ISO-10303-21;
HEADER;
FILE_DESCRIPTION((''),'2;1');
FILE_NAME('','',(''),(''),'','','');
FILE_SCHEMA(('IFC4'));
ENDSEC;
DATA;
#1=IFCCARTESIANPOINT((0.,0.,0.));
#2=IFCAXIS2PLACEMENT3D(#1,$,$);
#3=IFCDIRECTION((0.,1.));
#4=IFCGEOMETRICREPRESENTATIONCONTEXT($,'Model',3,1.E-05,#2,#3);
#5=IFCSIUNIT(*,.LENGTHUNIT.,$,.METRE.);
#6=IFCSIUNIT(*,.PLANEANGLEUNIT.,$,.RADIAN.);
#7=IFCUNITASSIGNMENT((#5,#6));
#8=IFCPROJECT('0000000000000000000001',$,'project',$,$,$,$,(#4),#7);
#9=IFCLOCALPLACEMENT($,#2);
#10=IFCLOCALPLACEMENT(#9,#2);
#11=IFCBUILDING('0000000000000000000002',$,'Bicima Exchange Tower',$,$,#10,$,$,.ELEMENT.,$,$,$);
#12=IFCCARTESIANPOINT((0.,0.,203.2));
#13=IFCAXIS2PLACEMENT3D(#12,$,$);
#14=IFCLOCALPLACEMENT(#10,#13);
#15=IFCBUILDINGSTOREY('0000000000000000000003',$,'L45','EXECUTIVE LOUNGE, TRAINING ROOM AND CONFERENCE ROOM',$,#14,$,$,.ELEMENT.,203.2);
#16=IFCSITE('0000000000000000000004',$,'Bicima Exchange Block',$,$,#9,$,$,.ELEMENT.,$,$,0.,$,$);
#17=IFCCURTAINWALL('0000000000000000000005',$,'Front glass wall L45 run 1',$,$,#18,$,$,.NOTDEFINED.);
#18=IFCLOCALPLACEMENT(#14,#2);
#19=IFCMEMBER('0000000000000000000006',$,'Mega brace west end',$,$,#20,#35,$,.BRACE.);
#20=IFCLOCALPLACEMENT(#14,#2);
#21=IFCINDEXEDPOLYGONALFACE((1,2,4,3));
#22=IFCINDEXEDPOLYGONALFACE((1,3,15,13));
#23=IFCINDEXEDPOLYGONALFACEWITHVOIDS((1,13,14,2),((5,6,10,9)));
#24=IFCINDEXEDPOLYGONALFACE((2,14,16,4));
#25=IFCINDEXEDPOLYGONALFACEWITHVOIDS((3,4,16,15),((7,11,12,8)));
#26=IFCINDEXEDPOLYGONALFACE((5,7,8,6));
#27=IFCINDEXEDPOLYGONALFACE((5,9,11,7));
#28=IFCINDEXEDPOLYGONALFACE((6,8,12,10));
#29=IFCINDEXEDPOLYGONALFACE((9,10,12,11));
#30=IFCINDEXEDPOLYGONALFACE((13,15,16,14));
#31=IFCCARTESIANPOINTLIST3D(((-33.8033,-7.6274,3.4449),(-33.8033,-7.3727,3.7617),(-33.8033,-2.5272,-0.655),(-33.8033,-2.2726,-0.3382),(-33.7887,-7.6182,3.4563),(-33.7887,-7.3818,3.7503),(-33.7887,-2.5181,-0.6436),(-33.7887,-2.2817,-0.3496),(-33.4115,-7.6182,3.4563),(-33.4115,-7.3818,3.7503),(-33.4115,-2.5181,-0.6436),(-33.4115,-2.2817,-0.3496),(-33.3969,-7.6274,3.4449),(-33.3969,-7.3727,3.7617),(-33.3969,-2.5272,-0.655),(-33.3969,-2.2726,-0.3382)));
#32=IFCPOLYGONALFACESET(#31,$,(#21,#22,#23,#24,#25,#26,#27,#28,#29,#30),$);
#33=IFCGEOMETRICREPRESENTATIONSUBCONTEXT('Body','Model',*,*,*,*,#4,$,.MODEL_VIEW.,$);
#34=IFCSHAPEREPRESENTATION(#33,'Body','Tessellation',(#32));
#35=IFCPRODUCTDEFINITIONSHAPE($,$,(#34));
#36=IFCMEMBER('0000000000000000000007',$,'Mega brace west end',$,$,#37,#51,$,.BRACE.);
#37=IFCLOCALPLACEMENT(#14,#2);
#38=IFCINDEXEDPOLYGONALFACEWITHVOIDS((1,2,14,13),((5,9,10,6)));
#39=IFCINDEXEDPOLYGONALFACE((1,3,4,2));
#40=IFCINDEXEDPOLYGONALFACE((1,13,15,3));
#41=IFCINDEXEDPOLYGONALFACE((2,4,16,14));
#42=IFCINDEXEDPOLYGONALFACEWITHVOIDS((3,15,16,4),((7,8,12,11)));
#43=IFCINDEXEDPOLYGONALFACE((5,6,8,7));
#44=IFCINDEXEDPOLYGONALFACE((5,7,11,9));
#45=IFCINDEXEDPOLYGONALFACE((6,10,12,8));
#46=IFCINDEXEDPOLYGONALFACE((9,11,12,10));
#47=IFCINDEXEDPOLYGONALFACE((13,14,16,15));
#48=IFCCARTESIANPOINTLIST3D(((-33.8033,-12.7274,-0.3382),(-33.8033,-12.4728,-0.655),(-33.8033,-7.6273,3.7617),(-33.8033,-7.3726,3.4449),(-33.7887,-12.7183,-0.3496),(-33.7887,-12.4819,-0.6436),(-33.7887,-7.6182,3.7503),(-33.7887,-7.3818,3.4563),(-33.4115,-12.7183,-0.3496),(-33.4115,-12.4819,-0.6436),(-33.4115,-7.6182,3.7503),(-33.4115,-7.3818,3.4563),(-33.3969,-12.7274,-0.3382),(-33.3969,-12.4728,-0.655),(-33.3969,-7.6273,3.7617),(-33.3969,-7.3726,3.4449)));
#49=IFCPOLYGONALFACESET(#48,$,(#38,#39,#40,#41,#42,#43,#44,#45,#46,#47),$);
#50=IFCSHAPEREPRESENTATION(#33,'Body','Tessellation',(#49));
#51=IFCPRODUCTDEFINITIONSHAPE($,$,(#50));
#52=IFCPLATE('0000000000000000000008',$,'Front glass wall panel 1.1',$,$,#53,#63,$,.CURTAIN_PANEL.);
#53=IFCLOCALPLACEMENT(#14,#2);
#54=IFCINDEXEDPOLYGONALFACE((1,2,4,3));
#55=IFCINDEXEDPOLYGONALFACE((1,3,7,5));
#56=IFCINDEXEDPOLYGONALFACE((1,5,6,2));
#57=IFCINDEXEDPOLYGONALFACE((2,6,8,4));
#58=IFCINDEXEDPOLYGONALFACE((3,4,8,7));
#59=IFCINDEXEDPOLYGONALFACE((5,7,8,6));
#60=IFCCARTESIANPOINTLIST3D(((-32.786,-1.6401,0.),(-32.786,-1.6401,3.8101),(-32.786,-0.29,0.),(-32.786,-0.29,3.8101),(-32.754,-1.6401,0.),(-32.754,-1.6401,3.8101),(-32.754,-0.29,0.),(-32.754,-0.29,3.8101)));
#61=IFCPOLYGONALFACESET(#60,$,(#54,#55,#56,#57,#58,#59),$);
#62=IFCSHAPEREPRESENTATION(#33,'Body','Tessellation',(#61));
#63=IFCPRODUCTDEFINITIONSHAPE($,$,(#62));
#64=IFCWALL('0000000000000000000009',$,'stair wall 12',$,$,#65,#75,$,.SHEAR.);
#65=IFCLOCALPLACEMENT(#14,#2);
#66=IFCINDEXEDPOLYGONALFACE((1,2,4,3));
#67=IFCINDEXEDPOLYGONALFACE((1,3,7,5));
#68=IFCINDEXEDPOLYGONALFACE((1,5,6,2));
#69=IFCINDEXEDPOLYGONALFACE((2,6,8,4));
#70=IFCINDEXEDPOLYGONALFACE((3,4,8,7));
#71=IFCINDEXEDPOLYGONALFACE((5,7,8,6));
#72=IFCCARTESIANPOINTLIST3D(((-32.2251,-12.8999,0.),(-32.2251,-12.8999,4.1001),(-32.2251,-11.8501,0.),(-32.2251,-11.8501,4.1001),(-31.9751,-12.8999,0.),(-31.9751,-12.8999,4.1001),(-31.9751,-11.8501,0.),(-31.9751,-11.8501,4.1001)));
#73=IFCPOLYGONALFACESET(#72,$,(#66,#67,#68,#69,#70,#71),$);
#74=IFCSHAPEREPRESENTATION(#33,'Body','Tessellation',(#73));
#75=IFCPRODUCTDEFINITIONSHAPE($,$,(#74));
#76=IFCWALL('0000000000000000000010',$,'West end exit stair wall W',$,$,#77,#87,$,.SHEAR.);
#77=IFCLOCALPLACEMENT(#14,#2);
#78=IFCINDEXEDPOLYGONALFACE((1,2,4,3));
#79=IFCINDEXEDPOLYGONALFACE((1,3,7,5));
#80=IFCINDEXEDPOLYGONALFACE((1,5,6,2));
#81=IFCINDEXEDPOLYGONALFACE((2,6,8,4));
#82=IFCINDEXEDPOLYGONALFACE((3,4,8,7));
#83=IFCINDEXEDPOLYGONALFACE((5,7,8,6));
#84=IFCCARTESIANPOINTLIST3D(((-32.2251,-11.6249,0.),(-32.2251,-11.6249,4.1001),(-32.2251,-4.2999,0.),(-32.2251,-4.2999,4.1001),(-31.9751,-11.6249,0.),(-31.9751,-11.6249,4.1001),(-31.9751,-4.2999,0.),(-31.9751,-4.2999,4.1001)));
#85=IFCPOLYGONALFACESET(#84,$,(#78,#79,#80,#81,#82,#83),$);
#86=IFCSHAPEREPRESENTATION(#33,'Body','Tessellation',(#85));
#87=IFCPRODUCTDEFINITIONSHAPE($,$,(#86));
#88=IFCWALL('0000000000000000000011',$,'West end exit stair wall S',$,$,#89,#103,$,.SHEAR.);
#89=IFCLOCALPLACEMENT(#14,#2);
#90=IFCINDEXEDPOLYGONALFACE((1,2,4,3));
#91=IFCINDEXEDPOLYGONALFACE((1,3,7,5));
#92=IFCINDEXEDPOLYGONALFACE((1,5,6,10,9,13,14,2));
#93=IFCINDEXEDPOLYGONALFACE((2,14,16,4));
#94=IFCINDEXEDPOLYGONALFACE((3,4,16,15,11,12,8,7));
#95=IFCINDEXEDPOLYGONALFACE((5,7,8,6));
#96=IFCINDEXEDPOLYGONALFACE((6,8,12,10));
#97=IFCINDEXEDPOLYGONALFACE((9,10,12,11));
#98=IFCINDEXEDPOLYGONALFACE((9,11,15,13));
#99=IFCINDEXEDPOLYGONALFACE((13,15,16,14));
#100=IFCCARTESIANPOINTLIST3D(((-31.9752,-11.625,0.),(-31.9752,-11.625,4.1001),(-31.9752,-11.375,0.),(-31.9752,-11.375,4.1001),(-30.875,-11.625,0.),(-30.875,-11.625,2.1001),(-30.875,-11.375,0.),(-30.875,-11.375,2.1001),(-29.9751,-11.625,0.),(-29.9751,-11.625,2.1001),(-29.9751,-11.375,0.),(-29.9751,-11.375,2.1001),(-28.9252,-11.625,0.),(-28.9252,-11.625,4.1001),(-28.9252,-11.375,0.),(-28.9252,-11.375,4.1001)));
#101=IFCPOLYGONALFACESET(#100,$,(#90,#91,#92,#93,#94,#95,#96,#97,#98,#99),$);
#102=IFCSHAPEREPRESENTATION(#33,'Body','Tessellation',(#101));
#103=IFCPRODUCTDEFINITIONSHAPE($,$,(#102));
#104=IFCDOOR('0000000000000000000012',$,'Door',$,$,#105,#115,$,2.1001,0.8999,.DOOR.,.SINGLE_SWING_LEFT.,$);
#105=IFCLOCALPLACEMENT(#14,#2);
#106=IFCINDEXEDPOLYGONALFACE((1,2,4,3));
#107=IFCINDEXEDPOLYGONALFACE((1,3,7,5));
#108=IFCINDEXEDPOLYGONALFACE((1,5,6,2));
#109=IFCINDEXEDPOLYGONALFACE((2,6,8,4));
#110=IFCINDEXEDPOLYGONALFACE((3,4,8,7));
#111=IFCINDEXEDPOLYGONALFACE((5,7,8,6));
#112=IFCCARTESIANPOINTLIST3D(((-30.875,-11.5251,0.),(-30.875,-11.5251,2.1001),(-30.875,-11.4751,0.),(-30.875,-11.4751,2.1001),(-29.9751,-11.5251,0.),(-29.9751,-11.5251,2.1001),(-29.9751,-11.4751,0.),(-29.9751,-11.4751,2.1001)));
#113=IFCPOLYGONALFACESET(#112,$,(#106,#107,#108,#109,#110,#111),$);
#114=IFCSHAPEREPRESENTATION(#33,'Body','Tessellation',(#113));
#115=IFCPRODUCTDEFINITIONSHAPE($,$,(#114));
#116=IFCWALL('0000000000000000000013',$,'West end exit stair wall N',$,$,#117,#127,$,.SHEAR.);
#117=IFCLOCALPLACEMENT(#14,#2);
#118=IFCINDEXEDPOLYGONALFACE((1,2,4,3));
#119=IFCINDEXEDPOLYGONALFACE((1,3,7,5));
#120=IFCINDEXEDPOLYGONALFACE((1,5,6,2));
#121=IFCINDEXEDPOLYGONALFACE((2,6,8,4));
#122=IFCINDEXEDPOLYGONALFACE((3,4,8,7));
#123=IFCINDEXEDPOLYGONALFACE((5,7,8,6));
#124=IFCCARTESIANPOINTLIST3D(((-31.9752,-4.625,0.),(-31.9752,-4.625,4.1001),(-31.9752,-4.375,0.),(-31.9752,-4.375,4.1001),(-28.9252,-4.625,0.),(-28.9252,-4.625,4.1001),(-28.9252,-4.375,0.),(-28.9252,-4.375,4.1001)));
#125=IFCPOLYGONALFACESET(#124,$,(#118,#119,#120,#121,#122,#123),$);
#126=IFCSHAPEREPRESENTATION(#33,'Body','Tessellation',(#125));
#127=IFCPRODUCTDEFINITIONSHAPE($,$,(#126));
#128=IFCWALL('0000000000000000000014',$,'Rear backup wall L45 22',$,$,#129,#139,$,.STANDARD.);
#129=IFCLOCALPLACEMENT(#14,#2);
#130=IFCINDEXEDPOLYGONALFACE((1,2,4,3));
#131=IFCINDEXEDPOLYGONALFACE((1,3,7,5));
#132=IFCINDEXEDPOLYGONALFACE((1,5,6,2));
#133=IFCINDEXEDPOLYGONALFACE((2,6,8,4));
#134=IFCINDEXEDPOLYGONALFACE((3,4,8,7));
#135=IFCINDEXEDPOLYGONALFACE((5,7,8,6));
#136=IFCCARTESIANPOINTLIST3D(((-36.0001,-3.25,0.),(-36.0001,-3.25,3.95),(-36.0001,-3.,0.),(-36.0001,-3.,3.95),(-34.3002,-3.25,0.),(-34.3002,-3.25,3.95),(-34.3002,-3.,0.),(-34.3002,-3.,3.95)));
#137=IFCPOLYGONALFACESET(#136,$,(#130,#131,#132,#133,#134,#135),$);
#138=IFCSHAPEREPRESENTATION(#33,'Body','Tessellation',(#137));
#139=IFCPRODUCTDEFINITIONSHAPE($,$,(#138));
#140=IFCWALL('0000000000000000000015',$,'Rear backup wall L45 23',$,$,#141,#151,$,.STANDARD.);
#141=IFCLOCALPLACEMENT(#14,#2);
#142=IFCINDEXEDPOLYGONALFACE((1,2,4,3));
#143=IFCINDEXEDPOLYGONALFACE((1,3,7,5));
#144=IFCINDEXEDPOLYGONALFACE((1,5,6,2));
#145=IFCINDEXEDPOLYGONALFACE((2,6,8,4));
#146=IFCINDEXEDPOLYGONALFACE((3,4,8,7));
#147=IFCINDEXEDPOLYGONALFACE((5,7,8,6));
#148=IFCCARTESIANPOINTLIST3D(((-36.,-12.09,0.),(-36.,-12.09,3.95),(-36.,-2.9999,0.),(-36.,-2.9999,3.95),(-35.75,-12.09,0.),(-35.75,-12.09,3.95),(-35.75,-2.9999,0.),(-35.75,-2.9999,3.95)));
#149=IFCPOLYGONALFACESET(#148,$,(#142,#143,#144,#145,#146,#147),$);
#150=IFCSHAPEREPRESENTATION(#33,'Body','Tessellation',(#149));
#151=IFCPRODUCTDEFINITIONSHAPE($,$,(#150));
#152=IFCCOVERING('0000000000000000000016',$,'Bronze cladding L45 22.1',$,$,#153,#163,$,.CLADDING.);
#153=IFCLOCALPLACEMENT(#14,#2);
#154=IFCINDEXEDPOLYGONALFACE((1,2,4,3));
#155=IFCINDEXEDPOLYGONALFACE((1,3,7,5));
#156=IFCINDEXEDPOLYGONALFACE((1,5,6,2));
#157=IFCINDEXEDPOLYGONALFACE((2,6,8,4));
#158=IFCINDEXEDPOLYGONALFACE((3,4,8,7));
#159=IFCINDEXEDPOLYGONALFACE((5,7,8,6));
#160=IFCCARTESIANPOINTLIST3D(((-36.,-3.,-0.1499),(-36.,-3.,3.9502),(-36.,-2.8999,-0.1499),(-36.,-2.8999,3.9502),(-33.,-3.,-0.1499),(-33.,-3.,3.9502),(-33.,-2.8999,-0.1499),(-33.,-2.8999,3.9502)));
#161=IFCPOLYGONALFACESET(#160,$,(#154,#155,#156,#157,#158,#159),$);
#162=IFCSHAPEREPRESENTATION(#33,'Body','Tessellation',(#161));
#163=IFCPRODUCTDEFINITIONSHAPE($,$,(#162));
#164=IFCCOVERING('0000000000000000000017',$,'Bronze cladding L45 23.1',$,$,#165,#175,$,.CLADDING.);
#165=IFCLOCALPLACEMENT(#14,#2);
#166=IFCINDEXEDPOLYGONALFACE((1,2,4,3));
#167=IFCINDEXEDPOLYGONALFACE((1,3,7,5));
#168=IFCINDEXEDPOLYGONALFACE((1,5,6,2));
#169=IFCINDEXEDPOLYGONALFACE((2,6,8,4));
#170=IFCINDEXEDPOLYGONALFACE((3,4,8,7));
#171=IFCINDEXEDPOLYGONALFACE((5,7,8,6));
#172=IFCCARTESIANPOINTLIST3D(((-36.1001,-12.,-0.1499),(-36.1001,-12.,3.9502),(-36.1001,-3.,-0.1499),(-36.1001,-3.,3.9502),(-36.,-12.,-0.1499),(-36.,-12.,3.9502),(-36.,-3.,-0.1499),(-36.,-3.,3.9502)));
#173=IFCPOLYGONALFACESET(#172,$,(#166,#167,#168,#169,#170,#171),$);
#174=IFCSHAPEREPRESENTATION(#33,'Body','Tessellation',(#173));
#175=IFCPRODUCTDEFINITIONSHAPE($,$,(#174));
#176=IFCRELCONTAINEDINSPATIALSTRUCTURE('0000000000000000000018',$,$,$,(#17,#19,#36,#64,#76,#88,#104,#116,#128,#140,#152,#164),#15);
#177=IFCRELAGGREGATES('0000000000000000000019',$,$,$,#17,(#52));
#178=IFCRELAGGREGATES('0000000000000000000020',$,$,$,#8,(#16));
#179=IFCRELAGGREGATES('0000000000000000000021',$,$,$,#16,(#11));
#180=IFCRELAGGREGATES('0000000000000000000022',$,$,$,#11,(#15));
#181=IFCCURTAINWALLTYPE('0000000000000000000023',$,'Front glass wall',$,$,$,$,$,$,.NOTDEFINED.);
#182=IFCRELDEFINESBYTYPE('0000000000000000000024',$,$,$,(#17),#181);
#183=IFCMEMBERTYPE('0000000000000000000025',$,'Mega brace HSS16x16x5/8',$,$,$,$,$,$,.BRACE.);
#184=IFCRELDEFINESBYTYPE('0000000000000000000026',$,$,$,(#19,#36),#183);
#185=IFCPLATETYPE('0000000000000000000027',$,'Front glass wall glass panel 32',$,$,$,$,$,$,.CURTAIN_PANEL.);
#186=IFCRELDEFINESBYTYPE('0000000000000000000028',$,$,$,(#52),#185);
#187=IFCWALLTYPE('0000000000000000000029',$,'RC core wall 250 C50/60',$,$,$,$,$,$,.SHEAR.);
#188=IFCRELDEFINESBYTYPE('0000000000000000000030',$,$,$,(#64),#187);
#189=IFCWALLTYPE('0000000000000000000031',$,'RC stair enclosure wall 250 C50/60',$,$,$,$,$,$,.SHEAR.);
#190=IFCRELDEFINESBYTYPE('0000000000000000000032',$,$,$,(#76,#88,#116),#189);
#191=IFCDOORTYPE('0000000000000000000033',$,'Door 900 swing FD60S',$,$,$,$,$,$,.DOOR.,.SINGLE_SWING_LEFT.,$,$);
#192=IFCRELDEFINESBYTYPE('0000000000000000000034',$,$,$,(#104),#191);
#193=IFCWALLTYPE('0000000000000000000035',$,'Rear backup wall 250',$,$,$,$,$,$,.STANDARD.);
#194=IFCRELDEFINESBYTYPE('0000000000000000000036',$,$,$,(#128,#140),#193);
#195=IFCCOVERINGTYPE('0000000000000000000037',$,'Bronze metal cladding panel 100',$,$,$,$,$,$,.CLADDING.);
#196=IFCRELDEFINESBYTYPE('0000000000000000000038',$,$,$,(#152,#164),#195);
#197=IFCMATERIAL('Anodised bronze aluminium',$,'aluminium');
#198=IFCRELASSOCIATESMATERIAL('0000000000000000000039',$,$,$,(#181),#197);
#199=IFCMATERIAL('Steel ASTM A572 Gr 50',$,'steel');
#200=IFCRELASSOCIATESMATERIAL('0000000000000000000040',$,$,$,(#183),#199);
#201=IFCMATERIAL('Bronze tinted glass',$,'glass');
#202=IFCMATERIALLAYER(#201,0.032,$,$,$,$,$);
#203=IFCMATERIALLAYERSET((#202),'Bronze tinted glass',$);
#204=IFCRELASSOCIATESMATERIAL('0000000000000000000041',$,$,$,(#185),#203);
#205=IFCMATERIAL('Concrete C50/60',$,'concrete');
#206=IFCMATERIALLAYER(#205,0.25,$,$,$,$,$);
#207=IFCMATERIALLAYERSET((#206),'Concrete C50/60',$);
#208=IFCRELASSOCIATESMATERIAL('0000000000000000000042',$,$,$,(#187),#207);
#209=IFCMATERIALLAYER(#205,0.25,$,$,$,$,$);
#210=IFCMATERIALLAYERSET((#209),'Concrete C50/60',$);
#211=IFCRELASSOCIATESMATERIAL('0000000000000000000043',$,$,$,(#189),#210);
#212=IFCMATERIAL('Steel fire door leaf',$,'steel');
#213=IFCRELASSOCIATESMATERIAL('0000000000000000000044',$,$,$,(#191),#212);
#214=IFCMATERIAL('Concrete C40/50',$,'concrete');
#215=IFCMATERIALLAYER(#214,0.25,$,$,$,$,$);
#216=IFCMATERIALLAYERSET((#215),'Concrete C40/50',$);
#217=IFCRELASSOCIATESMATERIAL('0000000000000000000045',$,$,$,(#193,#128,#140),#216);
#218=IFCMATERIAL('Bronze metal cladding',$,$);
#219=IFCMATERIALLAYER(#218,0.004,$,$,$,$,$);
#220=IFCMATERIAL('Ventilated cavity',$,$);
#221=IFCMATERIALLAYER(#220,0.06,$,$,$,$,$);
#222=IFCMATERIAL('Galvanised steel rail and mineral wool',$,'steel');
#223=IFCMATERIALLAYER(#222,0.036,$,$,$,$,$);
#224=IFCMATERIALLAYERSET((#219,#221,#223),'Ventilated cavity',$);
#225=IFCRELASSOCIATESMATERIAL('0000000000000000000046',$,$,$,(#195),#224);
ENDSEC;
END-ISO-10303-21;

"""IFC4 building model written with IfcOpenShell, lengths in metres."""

from ifc_helpers import new_model, si_unit, direction, frame, frame_2d, origin, origin_2d, place, context, subcontext, project, spatial, rectangle, hollow_rectangle, extrude, material, layer, layer_set, layer_usage, material_profile, profile_set, type_object, element, fill, aggregate, save


model = new_model("IFC4")

# Units and contexts
model_context = context("Model", 3, precision=1e-05, world=origin(), true_north=direction((0.0, 1.0)))
body_context = subcontext(model_context, "Body", "Model", "MODEL_VIEW")
ifc_project = project(units=[si_unit("LENGTHUNIT", "METRE"), si_unit("PLANEANGLEUNIT", "RADIAN")], contexts=[model_context])

# Site, building, storey
site_placement = place(None, origin())
site = spatial("IfcSite", under=ifc_project, at=site_placement, Name="Bicima Exchange Block", CompositionType="ELEMENT", RefElevation=0.0)
building_placement = place(site_placement, origin())
building = spatial("IfcBuilding", under=site, at=building_placement, Name="Bicima Exchange Tower", CompositionType="ELEMENT")
storey_placement = place(building_placement, frame((0.0, 0.0, 203.2)))
storey = spatial("IfcBuildingStorey", under=building, at=storey_placement, Name="L45", Description="EXECUTIVE LOUNGE, TRAINING ROOM AND CONFERENCE ROOM", CompositionType="ELEMENT", Elevation=203.2)

# Shared definitions
ifc_material_1 = material(Name="Steel ASTM A572 Gr 50", Category="steel")

# Shared definitions
ifc_material_2 = material(Name="Anodised bronze aluminium", Category="aluminium")

# Curtain wall
curtain_wall_type_1 = type_object("IfcCurtainWallType", Name="Front glass wall", PredefinedType="NOTDEFINED", material=ifc_material_2)
curtain_wall_1_placement = place(storey_placement, origin())
curtain_wall_1 = element("IfcCurtainWall", 1, at=curtain_wall_1_placement, inside=storey, type_object=curtain_wall_type_1, Name="Front glass wall L45 run 1", PredefinedType="NOTDEFINED")

# Members
ifc_material_profile_1 = material_profile(ifc_material_1, hollow_rectangle(XDim=0.4065, YDim=0.4065, WallThickness=0.0146, at=origin_2d()))
ifc_profile_set_1 = profile_set([ifc_material_profile_1], Name="Steel ASTM A572 Gr 50")
member_type_1 = type_object("IfcMemberType", Name="Mega brace HSS16x16x5/8", PredefinedType="BRACE", material=ifc_profile_set_1)
for number, where, z_axis, x_axis, name in (
    (2, (-33.6001, -2.3999, -0.4966), (0.0, -0.779392, 0.626536), (1.0, 0.0, 0.0), "Mega brace west end"),
    (3, (-33.6001, -12.6001, -0.4966), (0.0, 0.779392, 0.626536), (-1.0, 0.0, 0.0), "Mega brace west end"),
):
    element("IfcMember", number, at=place(storey_placement, frame(where, z_axis=z_axis, x_axis=x_axis)), inside=storey, type_object=member_type_1, Name=name, PredefinedType="BRACE", context=body_context, shape_type="SweptSolid", body=[
        extrude(hollow_rectangle(XDim=0.4065, YDim=0.4065, WallThickness=0.0146, at=origin_2d()), origin(), (0.0, 0.0, 1.0), 6.5437),
    ])

# Plate
ifc_material_3 = material(Name="Bronze tinted glass", Category="glass")
ifc_layer_1 = layer(ifc_material_3, 0.032)
ifc_layer_set_1 = layer_set([ifc_layer_1], Name="Bronze tinted glass")
plate_type = type_object("IfcPlateType", Name="Front glass wall glass panel 32", PredefinedType="CURTAIN_PANEL", material=ifc_layer_set_1)
plate_placement = place(storey_placement, frame((-32.77, -0.9651, 0.0), z_axis=(0.0, 0.0, 1.0), x_axis=(0.0, -1.0, 0.0)))
plate = element("IfcPlate", 4, at=plate_placement, type_object=plate_type, Name="Front glass wall panel 1.1", PredefinedType="CURTAIN_PANEL", context=body_context, shape_type="SweptSolid", body=[
    extrude(rectangle(XDim=1.3501, YDim=0.032, at=origin_2d()), origin(), (0.0, 0.0, 1.0), 3.8101),
])
aggregate(curtain_wall_1, [plate])

# Walls
ifc_material_4 = material(Name="Concrete C50/60", Category="concrete")
ifc_layer_2 = layer(ifc_material_4, 0.25)
ifc_layer_set_2 = layer_set([ifc_layer_2], Name="Concrete C50/60")
wall_type_1 = type_object("IfcWallType", Name="RC core wall 250 C50/60", PredefinedType="SHEAR", material=ifc_layer_set_2)
wall_1_placement = place(storey_placement, frame((-32.1001, -12.8999, 0.0), z_axis=(0.0, 0.0, 1.0), x_axis=(0.0, 1.0, 0.0)))
element("IfcWall", 5, at=wall_1_placement, inside=storey, type_object=wall_type_1, Name="stair wall 12", PredefinedType="SHEAR", context=body_context, shape_type="SweptSolid", body=[
    extrude(rectangle(XDim=1.0498, YDim=0.25, at=frame_2d((0.5249, 0.0))), origin(), (0.0, 0.0, 1.0), 4.1001),
])
ifc_layer_3 = layer(ifc_material_4, 0.25)
ifc_layer_set_3 = layer_set([ifc_layer_3], Name="Concrete C50/60")
wall_type_2 = type_object("IfcWallType", Name="RC stair enclosure wall 250 C50/60", PredefinedType="SHEAR", material=ifc_layer_set_3)
wall_2_placement = place(storey_placement, frame((-32.1001, -11.625, 0.0), z_axis=(0.0, 0.0, 1.0), x_axis=(0.0, 1.0, 0.0)))
element("IfcWall", 6, at=wall_2_placement, inside=storey, type_object=wall_type_2, Name="West end exit stair wall W", PredefinedType="SHEAR", context=body_context, shape_type="SweptSolid", body=[
    extrude(rectangle(XDim=7.325, YDim=0.25, at=frame_2d((3.6626, 0.0))), origin(), (0.0, 0.0, 1.0), 4.1001),
])

# Wall, opening, door
wall_3_placement = place(storey_placement, frame((-31.9751, -11.5, 0.0), z_axis=(0.0, 0.0, 1.0), x_axis=(1.0, 0.0, 0.0)))
wall_3 = element("IfcWall", 7, at=wall_3_placement, inside=storey, type_object=wall_type_2, Name="West end exit stair wall S", PredefinedType="SHEAR", context=body_context, shape_type="SweptSolid", body=[
    extrude(rectangle(XDim=3.05, YDim=0.25, at=frame_2d((1.5249, 0.0))), origin(), (0.0, 0.0, 1.0), 4.1001),
])
opening_placement = place(wall_3_placement, frame((1.1001, 0.0, 0.0)))
opening = element("IfcOpeningElement", 8, at=opening_placement, cuts=wall_3, PredefinedType="OPENING", context=body_context, shape_type="SweptSolid", body=[
    extrude(rectangle(XDim=0.8999, YDim=2.1001, at=frame_2d((0.45, 1.05))), frame((0.0, 0.137, 0.0), z_axis=(0.0, -1.0, 0.0), x_axis=(1.0, 0.0, 0.0)), (0.0, 0.0, 1.0), 0.2739),
])
ifc_material_5 = material(Name="Steel fire door leaf", Category="steel")
door_type = type_object("IfcDoorType", Name="Door 900 swing FD60S", OperationType="SINGLE_SWING_LEFT", PredefinedType="DOOR", material=ifc_material_5)
door_placement = place(opening_placement, origin())
door = element("IfcDoor", 9, at=door_placement, inside=storey, type_object=door_type, Name="Door", OperationType="SINGLE_SWING_LEFT", OverallHeight=2.1001, OverallWidth=0.8999, PredefinedType="DOOR", context=body_context, shape_type="SweptSolid", body=[
    extrude(rectangle(XDim=0.8999, YDim=2.1001, at=frame_2d((0.45, 1.05))), frame((0.0, 0.0249, 0.0), z_axis=(0.0, -1.0, 0.0), x_axis=(1.0, 0.0, 0.0)), (0.0, 0.0, 1.0), 0.05),
])
fill(opening, door)

# Walls
wall_4_placement = place(storey_placement, frame((-31.9751, -4.5, 0.0), z_axis=(0.0, 0.0, 1.0), x_axis=(1.0, 0.0, 0.0)))
element("IfcWall", 10, at=wall_4_placement, inside=storey, type_object=wall_type_2, Name="West end exit stair wall N", PredefinedType="SHEAR", context=body_context, shape_type="SweptSolid", body=[
    extrude(rectangle(XDim=3.05, YDim=0.25, at=frame_2d((1.5249, 0.0))), origin(), (0.0, 0.0, 1.0), 4.1001),
])
ifc_material_6 = material(Name="Concrete C40/50", Category="concrete")
ifc_layer_4 = layer(ifc_material_6, 0.25)
ifc_layer_set_4 = layer_set([ifc_layer_4], Name="Concrete C40/50")
ifc_layer_usage = layer_usage(ifc_layer_set_4, "AXIS2", "POSITIVE", -0.125)
wall_type_3 = type_object("IfcWallType", Name="Rear backup wall 250", PredefinedType="STANDARD", material=ifc_layer_set_4)
wall_5_placement = place(storey_placement, frame((-34.3, -3.125, 0.0), z_axis=(0.0, 0.0, 1.0), x_axis=(-1.0, 0.0, 0.0)))
element("IfcWall", 11, at=wall_5_placement, inside=storey, type_object=wall_type_3, material=ifc_layer_usage, Name="Rear backup wall L45 22", PredefinedType="STANDARD", context=body_context, shape_type="SweptSolid", body=[
    extrude(rectangle(XDim=1.7, YDim=0.25, at=frame_2d((0.8501, 0.0))), origin(), (0.0, 0.0, 1.0), 3.95),
])
wall_6_placement = place(storey_placement, frame((-35.875, -3.0, 0.0), z_axis=(0.0, 0.0, 1.0), x_axis=(0.0, -1.0, 0.0)))
element("IfcWall", 12, at=wall_6_placement, inside=storey, type_object=wall_type_3, material=ifc_layer_usage, Name="Rear backup wall L45 23", PredefinedType="STANDARD", context=body_context, shape_type="SweptSolid", body=[
    extrude(rectangle(XDim=9.0901, YDim=0.25, at=frame_2d((4.5449, 0.0))), origin(), (0.0, 0.0, 1.0), 3.95),
])

# Coverings
ifc_material_7 = material(Name="Bronze metal cladding")
ifc_layer_5 = layer(ifc_material_7, 0.004)
ifc_material_8 = material(Name="Ventilated cavity")
ifc_layer_6 = layer(ifc_material_8, 0.06)
ifc_material_9 = material(Name="Galvanised steel rail and mineral wool", Category="steel")
ifc_layer_7 = layer(ifc_material_9, 0.036)
ifc_layer_set_5 = layer_set([ifc_layer_5, ifc_layer_6, ifc_layer_7], Name="Ventilated cavity")
covering_type = type_object("IfcCoveringType", Name="Bronze metal cladding panel 100", PredefinedType="CLADDING", material=ifc_layer_set_5)
covering_1_placement = place(storey_placement, frame((-34.5, -2.95, -0.1499), z_axis=(0.0, 0.0, 1.0), x_axis=(-1.0, 0.0, 0.0)))
element("IfcCovering", 13, at=covering_1_placement, inside=storey, type_object=covering_type, Name="Bronze cladding L45 22.1", PredefinedType="CLADDING", context=body_context, shape_type="SweptSolid", body=[
    extrude(rectangle(XDim=3.0, YDim=0.1001, at=origin_2d()), origin(), (0.0, 0.0, 1.0), 4.1001),
])
covering_2_placement = place(storey_placement, frame((-36.05, -7.5, -0.1499), z_axis=(0.0, 0.0, 1.0), x_axis=(0.0, -1.0, 0.0)))
element("IfcCovering", 14, at=covering_2_placement, inside=storey, type_object=covering_type, Name="Bronze cladding L45 23.1", PredefinedType="CLADDING", context=body_context, shape_type="SweptSolid", body=[
    extrude(rectangle(XDim=9.0, YDim=0.1001, at=origin_2d()), origin(), (0.0, 0.0, 1.0), 4.1001),
])

save(model, "model.ifc")
